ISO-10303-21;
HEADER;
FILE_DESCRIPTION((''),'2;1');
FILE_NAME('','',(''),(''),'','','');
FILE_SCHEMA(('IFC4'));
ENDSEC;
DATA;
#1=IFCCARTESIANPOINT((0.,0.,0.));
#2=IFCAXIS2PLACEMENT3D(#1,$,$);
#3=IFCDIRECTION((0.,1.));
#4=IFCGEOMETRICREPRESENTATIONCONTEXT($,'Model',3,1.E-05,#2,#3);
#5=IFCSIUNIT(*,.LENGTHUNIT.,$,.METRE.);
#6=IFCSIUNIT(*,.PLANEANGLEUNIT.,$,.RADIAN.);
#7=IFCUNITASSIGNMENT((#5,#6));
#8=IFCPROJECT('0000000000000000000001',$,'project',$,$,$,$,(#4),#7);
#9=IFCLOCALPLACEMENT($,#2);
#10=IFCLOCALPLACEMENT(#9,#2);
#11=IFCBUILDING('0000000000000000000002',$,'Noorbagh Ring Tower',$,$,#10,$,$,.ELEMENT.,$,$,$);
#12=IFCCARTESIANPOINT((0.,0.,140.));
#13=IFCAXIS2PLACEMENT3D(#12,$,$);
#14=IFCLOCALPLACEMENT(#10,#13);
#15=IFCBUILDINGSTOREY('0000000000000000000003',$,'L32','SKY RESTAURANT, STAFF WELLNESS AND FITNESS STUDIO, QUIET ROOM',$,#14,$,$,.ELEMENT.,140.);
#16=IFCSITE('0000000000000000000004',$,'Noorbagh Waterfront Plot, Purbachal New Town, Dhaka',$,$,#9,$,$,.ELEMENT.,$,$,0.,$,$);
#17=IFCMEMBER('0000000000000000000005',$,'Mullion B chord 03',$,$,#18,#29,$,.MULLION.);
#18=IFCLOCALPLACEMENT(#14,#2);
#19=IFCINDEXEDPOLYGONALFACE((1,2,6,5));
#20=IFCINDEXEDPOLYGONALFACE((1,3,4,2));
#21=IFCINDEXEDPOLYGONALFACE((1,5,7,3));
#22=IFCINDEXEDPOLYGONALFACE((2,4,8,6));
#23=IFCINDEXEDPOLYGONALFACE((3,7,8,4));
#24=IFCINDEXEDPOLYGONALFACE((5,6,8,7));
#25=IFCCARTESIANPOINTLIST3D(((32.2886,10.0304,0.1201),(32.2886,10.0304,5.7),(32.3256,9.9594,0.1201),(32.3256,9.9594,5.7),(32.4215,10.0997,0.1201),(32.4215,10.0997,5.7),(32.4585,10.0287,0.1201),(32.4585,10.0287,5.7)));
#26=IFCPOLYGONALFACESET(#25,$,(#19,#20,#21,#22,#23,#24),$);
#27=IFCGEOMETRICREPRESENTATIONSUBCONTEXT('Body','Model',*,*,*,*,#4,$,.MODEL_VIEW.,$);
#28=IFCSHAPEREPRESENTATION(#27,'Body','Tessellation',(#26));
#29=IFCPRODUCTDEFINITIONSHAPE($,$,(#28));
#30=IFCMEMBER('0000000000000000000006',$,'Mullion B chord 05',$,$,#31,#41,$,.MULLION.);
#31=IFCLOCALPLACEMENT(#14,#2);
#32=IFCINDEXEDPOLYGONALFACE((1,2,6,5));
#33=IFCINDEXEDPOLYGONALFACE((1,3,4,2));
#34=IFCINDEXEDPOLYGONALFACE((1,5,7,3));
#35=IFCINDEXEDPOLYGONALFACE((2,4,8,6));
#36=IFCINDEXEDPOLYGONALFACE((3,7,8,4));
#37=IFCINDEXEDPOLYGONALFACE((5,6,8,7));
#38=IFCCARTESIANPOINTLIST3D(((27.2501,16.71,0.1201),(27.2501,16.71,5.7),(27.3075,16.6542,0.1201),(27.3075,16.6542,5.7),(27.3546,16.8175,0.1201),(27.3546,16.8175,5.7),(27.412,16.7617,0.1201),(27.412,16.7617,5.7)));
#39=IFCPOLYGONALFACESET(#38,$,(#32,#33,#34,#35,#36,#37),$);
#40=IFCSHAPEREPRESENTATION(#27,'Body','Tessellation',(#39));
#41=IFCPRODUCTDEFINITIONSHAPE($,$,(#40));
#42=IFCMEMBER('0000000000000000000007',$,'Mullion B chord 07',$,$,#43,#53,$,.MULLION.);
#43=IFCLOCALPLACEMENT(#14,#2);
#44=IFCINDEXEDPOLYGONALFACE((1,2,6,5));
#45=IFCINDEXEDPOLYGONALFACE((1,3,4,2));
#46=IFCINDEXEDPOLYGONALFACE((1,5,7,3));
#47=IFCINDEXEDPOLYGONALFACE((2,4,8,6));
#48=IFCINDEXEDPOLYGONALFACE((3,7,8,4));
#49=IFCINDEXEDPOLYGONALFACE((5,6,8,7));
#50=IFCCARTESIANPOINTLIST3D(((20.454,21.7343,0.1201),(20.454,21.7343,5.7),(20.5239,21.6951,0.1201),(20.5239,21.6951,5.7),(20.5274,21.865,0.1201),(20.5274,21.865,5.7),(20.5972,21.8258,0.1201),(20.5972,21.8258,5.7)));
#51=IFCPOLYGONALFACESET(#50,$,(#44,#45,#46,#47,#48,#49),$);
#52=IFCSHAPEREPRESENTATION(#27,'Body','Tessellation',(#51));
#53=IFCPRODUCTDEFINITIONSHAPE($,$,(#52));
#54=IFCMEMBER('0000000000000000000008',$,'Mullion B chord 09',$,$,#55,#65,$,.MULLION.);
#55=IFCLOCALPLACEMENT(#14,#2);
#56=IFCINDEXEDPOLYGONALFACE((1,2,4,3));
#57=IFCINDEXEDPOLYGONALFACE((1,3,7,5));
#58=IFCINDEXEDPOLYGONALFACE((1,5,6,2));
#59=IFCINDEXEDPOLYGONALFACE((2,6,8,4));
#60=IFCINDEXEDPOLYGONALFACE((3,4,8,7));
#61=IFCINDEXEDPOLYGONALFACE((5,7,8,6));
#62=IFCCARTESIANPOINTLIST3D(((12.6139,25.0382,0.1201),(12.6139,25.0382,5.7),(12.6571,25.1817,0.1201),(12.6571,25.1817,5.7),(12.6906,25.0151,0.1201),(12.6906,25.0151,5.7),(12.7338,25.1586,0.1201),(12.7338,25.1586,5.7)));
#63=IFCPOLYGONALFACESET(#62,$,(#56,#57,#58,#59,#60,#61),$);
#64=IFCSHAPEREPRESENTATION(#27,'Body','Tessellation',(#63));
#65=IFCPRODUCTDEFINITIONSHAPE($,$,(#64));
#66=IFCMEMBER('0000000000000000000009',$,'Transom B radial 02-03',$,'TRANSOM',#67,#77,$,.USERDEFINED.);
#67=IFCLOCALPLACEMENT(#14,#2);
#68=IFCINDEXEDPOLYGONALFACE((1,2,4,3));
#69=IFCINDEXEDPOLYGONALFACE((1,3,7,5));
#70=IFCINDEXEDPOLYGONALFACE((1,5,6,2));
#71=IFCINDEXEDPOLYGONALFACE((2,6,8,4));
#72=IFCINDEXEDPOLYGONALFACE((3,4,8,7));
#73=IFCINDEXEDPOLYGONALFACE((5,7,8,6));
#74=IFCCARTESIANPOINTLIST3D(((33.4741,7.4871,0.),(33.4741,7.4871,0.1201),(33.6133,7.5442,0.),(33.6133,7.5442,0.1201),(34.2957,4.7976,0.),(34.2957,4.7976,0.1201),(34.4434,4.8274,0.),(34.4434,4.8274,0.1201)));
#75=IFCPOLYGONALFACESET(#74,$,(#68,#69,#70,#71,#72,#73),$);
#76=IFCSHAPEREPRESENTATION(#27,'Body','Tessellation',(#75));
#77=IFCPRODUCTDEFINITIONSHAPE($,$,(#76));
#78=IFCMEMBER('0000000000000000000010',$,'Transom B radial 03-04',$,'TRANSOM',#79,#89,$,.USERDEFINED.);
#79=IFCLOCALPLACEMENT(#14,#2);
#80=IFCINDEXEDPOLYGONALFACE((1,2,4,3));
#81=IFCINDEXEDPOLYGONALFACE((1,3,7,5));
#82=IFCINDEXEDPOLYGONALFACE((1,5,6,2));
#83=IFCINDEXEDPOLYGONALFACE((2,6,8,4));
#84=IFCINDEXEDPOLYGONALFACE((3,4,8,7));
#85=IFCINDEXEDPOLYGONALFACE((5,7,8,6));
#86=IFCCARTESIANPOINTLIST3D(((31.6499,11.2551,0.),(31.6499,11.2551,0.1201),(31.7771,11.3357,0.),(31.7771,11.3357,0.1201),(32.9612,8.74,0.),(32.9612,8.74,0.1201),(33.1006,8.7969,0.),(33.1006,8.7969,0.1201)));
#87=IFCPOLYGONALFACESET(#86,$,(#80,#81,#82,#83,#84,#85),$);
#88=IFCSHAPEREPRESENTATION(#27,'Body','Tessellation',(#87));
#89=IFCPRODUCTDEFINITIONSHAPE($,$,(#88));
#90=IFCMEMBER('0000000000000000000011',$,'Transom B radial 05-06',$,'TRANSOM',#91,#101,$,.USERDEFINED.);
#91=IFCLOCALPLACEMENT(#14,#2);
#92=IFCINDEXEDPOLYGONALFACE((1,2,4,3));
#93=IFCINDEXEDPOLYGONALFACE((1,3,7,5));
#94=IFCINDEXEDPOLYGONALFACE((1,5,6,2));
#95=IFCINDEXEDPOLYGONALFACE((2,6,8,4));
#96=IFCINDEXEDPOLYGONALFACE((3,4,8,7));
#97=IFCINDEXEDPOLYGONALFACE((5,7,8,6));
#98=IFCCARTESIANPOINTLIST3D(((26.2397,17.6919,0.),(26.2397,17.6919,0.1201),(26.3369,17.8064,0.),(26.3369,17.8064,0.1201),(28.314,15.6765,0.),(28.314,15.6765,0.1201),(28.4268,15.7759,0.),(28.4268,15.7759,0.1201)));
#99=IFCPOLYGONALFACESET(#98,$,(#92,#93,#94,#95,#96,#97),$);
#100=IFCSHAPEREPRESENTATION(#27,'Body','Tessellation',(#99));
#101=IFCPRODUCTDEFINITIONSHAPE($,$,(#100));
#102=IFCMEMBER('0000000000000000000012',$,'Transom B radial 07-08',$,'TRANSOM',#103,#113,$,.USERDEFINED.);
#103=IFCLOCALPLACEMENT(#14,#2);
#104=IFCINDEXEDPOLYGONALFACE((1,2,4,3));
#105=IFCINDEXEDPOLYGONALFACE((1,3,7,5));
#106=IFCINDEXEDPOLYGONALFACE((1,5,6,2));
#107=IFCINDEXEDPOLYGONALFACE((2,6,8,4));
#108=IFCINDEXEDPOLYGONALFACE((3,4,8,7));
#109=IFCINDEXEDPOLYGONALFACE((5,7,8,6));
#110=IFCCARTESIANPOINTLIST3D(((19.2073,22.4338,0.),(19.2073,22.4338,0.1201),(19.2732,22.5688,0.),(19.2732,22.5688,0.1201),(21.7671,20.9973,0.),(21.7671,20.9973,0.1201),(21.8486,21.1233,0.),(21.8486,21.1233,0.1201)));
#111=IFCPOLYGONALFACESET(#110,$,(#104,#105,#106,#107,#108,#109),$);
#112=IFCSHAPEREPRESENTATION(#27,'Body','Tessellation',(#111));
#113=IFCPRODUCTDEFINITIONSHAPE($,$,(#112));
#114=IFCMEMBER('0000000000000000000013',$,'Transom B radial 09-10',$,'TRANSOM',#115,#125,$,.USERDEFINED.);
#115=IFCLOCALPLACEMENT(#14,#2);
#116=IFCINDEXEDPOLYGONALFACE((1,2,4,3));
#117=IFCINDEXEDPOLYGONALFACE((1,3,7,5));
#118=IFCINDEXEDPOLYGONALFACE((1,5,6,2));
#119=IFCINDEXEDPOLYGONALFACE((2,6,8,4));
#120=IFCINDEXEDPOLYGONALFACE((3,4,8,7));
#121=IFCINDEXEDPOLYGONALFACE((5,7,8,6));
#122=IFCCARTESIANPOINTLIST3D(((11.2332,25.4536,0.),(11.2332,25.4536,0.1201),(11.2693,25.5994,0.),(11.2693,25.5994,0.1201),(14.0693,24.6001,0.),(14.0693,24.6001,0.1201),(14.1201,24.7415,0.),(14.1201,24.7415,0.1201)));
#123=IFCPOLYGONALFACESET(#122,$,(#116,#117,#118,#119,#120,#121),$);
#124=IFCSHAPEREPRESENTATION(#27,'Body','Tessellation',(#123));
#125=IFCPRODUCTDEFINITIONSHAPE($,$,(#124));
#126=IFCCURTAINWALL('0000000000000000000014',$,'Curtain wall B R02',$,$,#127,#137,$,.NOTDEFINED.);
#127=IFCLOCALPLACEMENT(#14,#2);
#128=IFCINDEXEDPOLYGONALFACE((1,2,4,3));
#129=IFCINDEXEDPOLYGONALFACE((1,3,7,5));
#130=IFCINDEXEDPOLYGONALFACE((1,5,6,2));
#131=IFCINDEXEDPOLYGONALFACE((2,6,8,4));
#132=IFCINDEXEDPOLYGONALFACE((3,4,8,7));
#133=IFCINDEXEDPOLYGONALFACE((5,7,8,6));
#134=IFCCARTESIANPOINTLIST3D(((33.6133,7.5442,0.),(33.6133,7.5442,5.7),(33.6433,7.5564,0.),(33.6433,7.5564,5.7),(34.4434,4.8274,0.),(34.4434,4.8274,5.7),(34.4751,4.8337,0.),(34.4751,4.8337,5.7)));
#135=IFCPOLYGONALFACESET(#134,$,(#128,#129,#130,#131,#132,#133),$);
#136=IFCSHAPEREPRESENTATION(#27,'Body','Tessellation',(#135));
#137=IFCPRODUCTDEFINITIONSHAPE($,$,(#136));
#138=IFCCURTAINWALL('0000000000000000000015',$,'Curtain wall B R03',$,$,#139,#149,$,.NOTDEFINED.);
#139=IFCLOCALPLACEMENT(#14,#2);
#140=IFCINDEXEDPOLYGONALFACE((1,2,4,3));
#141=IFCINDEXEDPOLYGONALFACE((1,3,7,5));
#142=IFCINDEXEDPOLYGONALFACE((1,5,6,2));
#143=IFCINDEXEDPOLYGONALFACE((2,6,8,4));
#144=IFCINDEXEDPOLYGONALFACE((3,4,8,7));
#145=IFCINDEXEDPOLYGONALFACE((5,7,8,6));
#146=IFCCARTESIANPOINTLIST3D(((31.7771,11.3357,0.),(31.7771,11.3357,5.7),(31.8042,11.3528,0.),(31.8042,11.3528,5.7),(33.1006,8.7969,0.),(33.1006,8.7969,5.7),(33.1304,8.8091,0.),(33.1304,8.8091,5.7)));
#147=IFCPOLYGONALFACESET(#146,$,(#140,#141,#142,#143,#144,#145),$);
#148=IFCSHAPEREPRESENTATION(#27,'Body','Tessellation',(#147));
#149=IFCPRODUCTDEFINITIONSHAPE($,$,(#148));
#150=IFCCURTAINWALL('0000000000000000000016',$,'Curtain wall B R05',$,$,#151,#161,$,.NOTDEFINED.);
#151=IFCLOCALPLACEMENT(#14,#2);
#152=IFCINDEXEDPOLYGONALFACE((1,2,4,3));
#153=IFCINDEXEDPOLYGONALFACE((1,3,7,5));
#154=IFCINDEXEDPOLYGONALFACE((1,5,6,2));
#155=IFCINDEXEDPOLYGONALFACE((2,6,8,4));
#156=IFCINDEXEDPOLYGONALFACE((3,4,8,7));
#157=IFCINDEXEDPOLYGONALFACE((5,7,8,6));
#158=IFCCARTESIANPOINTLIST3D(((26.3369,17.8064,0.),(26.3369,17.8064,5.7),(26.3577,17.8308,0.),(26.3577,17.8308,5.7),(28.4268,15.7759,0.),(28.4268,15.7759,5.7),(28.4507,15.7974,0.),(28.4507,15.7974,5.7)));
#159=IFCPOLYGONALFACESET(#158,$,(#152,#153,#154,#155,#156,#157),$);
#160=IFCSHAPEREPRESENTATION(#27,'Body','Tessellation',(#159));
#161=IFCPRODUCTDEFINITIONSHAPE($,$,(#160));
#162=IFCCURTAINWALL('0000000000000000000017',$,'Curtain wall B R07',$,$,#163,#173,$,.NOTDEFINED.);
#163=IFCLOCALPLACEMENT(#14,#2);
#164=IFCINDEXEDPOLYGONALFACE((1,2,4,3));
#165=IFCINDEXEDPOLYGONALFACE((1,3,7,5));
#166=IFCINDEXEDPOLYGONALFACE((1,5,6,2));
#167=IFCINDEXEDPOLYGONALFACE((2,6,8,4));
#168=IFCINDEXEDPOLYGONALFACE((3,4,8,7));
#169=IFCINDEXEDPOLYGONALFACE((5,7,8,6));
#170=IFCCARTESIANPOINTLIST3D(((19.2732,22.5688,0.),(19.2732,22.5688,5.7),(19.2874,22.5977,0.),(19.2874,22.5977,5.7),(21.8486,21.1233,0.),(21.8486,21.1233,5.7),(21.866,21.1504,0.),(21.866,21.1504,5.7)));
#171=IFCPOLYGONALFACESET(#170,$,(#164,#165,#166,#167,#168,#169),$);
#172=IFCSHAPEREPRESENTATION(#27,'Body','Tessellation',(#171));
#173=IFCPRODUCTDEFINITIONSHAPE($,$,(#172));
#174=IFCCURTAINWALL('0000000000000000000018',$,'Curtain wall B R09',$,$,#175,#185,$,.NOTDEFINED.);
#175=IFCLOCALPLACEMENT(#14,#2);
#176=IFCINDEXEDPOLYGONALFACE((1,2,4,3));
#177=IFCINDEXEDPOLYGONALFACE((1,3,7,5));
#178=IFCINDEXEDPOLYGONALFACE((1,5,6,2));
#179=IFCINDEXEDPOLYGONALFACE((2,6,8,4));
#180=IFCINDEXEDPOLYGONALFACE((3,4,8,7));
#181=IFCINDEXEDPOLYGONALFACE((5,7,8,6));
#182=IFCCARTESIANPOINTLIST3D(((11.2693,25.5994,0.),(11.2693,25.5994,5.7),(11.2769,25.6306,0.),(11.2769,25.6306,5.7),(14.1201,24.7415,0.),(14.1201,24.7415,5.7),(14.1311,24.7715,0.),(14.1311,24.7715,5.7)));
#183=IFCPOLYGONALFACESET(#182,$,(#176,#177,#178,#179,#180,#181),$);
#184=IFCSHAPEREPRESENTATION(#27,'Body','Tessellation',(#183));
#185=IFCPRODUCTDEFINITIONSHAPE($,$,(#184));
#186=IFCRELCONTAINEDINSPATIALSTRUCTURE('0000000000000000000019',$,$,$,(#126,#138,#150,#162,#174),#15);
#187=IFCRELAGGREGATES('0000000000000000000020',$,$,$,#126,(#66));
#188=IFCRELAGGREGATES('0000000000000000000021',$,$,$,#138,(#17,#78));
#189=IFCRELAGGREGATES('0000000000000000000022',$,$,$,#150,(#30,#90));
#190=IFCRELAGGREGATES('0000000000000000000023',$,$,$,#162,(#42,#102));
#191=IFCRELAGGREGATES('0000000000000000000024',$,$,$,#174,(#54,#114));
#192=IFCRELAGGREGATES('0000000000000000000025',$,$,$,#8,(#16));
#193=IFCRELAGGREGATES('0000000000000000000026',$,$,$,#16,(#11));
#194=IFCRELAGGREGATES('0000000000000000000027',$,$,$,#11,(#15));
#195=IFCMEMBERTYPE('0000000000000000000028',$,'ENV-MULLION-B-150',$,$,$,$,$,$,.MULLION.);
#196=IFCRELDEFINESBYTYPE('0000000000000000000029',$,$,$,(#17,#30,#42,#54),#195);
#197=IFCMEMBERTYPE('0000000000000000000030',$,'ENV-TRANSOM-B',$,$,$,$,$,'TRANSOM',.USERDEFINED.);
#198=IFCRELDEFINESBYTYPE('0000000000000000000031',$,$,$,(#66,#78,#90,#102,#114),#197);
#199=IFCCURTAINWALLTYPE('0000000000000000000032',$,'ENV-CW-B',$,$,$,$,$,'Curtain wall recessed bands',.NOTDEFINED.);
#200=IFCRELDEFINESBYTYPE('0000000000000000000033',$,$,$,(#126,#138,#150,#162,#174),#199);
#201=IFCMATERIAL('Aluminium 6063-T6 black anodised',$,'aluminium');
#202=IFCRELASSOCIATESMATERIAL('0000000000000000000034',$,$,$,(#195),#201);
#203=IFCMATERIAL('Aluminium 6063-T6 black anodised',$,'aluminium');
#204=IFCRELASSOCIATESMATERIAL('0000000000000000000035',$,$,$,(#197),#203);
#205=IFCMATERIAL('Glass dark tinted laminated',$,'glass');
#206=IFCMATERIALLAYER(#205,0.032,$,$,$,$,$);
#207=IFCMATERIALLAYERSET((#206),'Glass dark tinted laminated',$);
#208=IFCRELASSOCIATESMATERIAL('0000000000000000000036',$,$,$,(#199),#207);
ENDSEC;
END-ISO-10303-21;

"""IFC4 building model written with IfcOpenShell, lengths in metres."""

from ifc_helpers import new_model, si_unit, direction, frame, origin, origin_2d, place, context, subcontext, project, spatial, polyline, rectangle, outline, extrude, material, layer, layer_set, material_profile, profile_set, type_object, element, aggregate, save


model = new_model("IFC4")

# Units and contexts
model_context = context("Model", 3, precision=1e-05, world=origin(), true_north=direction((0.0, 1.0)))
body_context = subcontext(model_context, "Body", "Model", "MODEL_VIEW")
ifc_project = project(units=[si_unit("LENGTHUNIT", "METRE"), si_unit("PLANEANGLEUNIT", "RADIAN")], contexts=[model_context])

# Members
ifc_material_1 = material(Name="Aluminium 6063-T6 black anodised", Category="aluminium")
ifc_material_profile = material_profile(ifc_material_1, rectangle(XDim=0.1499, YDim=0.0801, at=origin_2d()), Name="150x80")
ifc_profile_set = profile_set([ifc_material_profile], Name="Aluminium 6063-T6 black anodised")
member_type_1 = type_object("IfcMemberType", Name="ENV-MULLION-B-150", PredefinedType="MULLION", material=ifc_profile_set)
site_placement = place(None, origin())
building_placement = place(site_placement, origin())
storey_placement = place(building_placement, frame((0.0, 0.0, 140.0)))
member_1_placement = place(storey_placement, frame((32.3735, 10.0295, 0.1201), z_axis=(0.0, 0.0, 1.0), x_axis=(-0.886735, -0.462278, 0.0)))
member_1 = element("IfcMember", 1, at=member_1_placement, type_object=member_type_1, Name="Mullion B chord 03", PredefinedType="MULLION", context=body_context, shape_type="SweptSolid", body=[
    extrude(rectangle(XDim=0.1499, YDim=0.0801, at=origin_2d()), origin(), (0.0, 0.0, 1.0), 5.5798),
])
member_2_placement = place(storey_placement, frame((27.3311, 16.7358, 0.1201), z_axis=(0.0, 0.0, 1.0), x_axis=(-0.696842, -0.717225, 0.0)))
member_2 = element("IfcMember", 2, at=member_2_placement, type_object=member_type_1, Name="Mullion B chord 05", PredefinedType="MULLION", context=body_context, shape_type="SweptSolid", body=[
    extrude(rectangle(XDim=0.1499, YDim=0.0801, at=origin_2d()), origin(), (0.0, 0.0, 1.0), 5.5798),
])
member_3_placement = place(storey_placement, frame((20.5256, 21.78, 0.1201), z_axis=(0.0, 0.0, 1.0), x_axis=(-0.489426, -0.872045, 0.0)))
member_3 = element("IfcMember", 3, at=member_3_placement, type_object=member_type_1, Name="Mullion B chord 07", PredefinedType="MULLION", context=body_context, shape_type="SweptSolid", body=[
    extrude(rectangle(XDim=0.1499, YDim=0.0801, at=origin_2d()), origin(), (0.0, 0.0, 1.0), 5.5798),
])
member_4_placement = place(storey_placement, frame((12.6738, 25.0984, 0.1201), z_axis=(0.0, 0.0, 1.0), x_axis=(-0.288174, -0.957578, 0.0)))
member_4 = element("IfcMember", 4, at=member_4_placement, type_object=member_type_1, Name="Mullion B chord 09", PredefinedType="MULLION", context=body_context, shape_type="SweptSolid", body=[
    extrude(rectangle(XDim=0.1499, YDim=0.0801, at=origin_2d()), origin(), (0.0, 0.0, 1.0), 5.5798),
])
ifc_material_2 = material(Name="Aluminium 6063-T6 black anodised", Category="aluminium")
member_type_2 = type_object("IfcMemberType", Name="ENV-TRANSOM-B", ElementType="TRANSOM", PredefinedType="USERDEFINED", material=ifc_material_2)
member_5_placement = place(storey_placement, origin())
member_5 = element("IfcMember", 5, at=member_5_placement, type_object=member_type_2, Name="Transom B radial 02-03", ObjectType="TRANSOM", PredefinedType="USERDEFINED", context=body_context, shape_type="SweptSolid", body=[
    extrude(outline(polyline([(34.4434, 4.8274), (33.6133, 7.5442), (33.4741, 7.4871), (34.2957, 4.7976), (34.4434, 4.8274)])), origin(), (0.0, 0.0, 1.0), 0.1201),
])
member_6_placement = place(storey_placement, origin())
member_6 = element("IfcMember", 6, at=member_6_placement, type_object=member_type_2, Name="Transom B radial 03-04", ObjectType="TRANSOM", PredefinedType="USERDEFINED", context=body_context, shape_type="SweptSolid", body=[
    extrude(outline(polyline([(33.1006, 8.7969), (31.7771, 11.3357), (31.6499, 11.2551), (32.9612, 8.74), (33.1006, 8.7969)])), origin(), (0.0, 0.0, 1.0), 0.1201),
])
member_7_placement = place(storey_placement, origin())
member_7 = element("IfcMember", 7, at=member_7_placement, type_object=member_type_2, Name="Transom B radial 05-06", ObjectType="TRANSOM", PredefinedType="USERDEFINED", context=body_context, shape_type="SweptSolid", body=[
    extrude(outline(polyline([(28.4268, 15.7759), (26.3369, 17.8064), (26.2397, 17.6919), (28.314, 15.6765), (28.4268, 15.7759)])), origin(), (0.0, 0.0, 1.0), 0.1201),
])
member_8_placement = place(storey_placement, origin())
member_8 = element("IfcMember", 8, at=member_8_placement, type_object=member_type_2, Name="Transom B radial 07-08", ObjectType="TRANSOM", PredefinedType="USERDEFINED", context=body_context, shape_type="SweptSolid", body=[
    extrude(outline(polyline([(21.8486, 21.1233), (19.2732, 22.5688), (19.2073, 22.4338), (21.7671, 20.9973), (21.8486, 21.1233)])), origin(), (0.0, 0.0, 1.0), 0.1201),
])
member_9_placement = place(storey_placement, origin())
member_9 = element("IfcMember", 9, at=member_9_placement, type_object=member_type_2, Name="Transom B radial 09-10", ObjectType="TRANSOM", PredefinedType="USERDEFINED", context=body_context, shape_type="SweptSolid", body=[
    extrude(outline(polyline([(14.1201, 24.7415), (11.2693, 25.5994), (11.2332, 25.4536), (14.0693, 24.6001), (14.1201, 24.7415)])), origin(), (0.0, 0.0, 1.0), 0.1201),
])

# Site, building, storey
site = spatial("IfcSite", under=ifc_project, at=site_placement, Name="Noorbagh Waterfront Plot, Purbachal New Town, Dhaka", CompositionType="ELEMENT", RefElevation=0.0)
building = spatial("IfcBuilding", under=site, at=building_placement, Name="Noorbagh Ring Tower", CompositionType="ELEMENT")
storey = spatial("IfcBuildingStorey", under=building, at=storey_placement, Name="L32", Description="SKY RESTAURANT, STAFF WELLNESS AND FITNESS STUDIO, QUIET ROOM", CompositionType="ELEMENT", Elevation=140.0)

# Curtain walls
ifc_material_3 = material(Name="Glass dark tinted laminated", Category="glass")
ifc_layer = layer(ifc_material_3, 0.032)
ifc_layer_set = layer_set([ifc_layer], Name="Glass dark tinted laminated")
curtain_wall_type = type_object("IfcCurtainWallType", Name="ENV-CW-B", ElementType="Curtain wall recessed bands", PredefinedType="NOTDEFINED", material=ifc_layer_set)
curtain_wall_1_placement = place(storey_placement, origin())
curtain_wall_1 = element("IfcCurtainWall", 10, at=curtain_wall_1_placement, inside=storey, type_object=curtain_wall_type, Name="Curtain wall B R02", PredefinedType="NOTDEFINED", context=body_context, shape_type="SweptSolid", body=[
    extrude(outline(polyline([(34.4751, 4.8337), (33.6433, 7.5564), (33.6133, 7.5442), (34.4434, 4.8274), (34.4751, 4.8337)])), origin(), (0.0, 0.0, 1.0), 5.7),
])
aggregate(curtain_wall_1, [member_5])
curtain_wall_2_placement = place(storey_placement, origin())
curtain_wall_2 = element("IfcCurtainWall", 11, at=curtain_wall_2_placement, inside=storey, type_object=curtain_wall_type, Name="Curtain wall B R03", PredefinedType="NOTDEFINED", context=body_context, shape_type="SweptSolid", body=[
    extrude(outline(polyline([(33.1304, 8.8091), (31.8042, 11.3528), (31.7771, 11.3357), (33.1006, 8.7969), (33.1304, 8.8091)])), origin(), (0.0, 0.0, 1.0), 5.7),
])
aggregate(curtain_wall_2, [member_1, member_6])
curtain_wall_3_placement = place(storey_placement, origin())
curtain_wall_3 = element("IfcCurtainWall", 12, at=curtain_wall_3_placement, inside=storey, type_object=curtain_wall_type, Name="Curtain wall B R05", PredefinedType="NOTDEFINED", context=body_context, shape_type="SweptSolid", body=[
    extrude(outline(polyline([(28.4507, 15.7974), (26.3577, 17.8308), (26.3369, 17.8064), (28.4268, 15.7759), (28.4507, 15.7974)])), origin(), (0.0, 0.0, 1.0), 5.7),
])
aggregate(curtain_wall_3, [member_2, member_7])
curtain_wall_4_placement = place(storey_placement, origin())
curtain_wall_4 = element("IfcCurtainWall", 13, at=curtain_wall_4_placement, inside=storey, type_object=curtain_wall_type, Name="Curtain wall B R07", PredefinedType="NOTDEFINED", context=body_context, shape_type="SweptSolid", body=[
    extrude(outline(polyline([(21.866, 21.1504), (19.2874, 22.5977), (19.2732, 22.5688), (21.8486, 21.1233), (21.866, 21.1504)])), origin(), (0.0, 0.0, 1.0), 5.7),
])
aggregate(curtain_wall_4, [member_3, member_8])
curtain_wall_5_placement = place(storey_placement, origin())
curtain_wall_5 = element("IfcCurtainWall", 14, at=curtain_wall_5_placement, inside=storey, type_object=curtain_wall_type, Name="Curtain wall B R09", PredefinedType="NOTDEFINED", context=body_context, shape_type="SweptSolid", body=[
    extrude(outline(polyline([(14.1311, 24.7715), (11.2769, 25.6306), (11.2693, 25.5994), (14.1201, 24.7415), (14.1311, 24.7715)])), origin(), (0.0, 0.0, 1.0), 5.7),
])
aggregate(curtain_wall_5, [member_4, member_9])

save(model, "model.ifc")
